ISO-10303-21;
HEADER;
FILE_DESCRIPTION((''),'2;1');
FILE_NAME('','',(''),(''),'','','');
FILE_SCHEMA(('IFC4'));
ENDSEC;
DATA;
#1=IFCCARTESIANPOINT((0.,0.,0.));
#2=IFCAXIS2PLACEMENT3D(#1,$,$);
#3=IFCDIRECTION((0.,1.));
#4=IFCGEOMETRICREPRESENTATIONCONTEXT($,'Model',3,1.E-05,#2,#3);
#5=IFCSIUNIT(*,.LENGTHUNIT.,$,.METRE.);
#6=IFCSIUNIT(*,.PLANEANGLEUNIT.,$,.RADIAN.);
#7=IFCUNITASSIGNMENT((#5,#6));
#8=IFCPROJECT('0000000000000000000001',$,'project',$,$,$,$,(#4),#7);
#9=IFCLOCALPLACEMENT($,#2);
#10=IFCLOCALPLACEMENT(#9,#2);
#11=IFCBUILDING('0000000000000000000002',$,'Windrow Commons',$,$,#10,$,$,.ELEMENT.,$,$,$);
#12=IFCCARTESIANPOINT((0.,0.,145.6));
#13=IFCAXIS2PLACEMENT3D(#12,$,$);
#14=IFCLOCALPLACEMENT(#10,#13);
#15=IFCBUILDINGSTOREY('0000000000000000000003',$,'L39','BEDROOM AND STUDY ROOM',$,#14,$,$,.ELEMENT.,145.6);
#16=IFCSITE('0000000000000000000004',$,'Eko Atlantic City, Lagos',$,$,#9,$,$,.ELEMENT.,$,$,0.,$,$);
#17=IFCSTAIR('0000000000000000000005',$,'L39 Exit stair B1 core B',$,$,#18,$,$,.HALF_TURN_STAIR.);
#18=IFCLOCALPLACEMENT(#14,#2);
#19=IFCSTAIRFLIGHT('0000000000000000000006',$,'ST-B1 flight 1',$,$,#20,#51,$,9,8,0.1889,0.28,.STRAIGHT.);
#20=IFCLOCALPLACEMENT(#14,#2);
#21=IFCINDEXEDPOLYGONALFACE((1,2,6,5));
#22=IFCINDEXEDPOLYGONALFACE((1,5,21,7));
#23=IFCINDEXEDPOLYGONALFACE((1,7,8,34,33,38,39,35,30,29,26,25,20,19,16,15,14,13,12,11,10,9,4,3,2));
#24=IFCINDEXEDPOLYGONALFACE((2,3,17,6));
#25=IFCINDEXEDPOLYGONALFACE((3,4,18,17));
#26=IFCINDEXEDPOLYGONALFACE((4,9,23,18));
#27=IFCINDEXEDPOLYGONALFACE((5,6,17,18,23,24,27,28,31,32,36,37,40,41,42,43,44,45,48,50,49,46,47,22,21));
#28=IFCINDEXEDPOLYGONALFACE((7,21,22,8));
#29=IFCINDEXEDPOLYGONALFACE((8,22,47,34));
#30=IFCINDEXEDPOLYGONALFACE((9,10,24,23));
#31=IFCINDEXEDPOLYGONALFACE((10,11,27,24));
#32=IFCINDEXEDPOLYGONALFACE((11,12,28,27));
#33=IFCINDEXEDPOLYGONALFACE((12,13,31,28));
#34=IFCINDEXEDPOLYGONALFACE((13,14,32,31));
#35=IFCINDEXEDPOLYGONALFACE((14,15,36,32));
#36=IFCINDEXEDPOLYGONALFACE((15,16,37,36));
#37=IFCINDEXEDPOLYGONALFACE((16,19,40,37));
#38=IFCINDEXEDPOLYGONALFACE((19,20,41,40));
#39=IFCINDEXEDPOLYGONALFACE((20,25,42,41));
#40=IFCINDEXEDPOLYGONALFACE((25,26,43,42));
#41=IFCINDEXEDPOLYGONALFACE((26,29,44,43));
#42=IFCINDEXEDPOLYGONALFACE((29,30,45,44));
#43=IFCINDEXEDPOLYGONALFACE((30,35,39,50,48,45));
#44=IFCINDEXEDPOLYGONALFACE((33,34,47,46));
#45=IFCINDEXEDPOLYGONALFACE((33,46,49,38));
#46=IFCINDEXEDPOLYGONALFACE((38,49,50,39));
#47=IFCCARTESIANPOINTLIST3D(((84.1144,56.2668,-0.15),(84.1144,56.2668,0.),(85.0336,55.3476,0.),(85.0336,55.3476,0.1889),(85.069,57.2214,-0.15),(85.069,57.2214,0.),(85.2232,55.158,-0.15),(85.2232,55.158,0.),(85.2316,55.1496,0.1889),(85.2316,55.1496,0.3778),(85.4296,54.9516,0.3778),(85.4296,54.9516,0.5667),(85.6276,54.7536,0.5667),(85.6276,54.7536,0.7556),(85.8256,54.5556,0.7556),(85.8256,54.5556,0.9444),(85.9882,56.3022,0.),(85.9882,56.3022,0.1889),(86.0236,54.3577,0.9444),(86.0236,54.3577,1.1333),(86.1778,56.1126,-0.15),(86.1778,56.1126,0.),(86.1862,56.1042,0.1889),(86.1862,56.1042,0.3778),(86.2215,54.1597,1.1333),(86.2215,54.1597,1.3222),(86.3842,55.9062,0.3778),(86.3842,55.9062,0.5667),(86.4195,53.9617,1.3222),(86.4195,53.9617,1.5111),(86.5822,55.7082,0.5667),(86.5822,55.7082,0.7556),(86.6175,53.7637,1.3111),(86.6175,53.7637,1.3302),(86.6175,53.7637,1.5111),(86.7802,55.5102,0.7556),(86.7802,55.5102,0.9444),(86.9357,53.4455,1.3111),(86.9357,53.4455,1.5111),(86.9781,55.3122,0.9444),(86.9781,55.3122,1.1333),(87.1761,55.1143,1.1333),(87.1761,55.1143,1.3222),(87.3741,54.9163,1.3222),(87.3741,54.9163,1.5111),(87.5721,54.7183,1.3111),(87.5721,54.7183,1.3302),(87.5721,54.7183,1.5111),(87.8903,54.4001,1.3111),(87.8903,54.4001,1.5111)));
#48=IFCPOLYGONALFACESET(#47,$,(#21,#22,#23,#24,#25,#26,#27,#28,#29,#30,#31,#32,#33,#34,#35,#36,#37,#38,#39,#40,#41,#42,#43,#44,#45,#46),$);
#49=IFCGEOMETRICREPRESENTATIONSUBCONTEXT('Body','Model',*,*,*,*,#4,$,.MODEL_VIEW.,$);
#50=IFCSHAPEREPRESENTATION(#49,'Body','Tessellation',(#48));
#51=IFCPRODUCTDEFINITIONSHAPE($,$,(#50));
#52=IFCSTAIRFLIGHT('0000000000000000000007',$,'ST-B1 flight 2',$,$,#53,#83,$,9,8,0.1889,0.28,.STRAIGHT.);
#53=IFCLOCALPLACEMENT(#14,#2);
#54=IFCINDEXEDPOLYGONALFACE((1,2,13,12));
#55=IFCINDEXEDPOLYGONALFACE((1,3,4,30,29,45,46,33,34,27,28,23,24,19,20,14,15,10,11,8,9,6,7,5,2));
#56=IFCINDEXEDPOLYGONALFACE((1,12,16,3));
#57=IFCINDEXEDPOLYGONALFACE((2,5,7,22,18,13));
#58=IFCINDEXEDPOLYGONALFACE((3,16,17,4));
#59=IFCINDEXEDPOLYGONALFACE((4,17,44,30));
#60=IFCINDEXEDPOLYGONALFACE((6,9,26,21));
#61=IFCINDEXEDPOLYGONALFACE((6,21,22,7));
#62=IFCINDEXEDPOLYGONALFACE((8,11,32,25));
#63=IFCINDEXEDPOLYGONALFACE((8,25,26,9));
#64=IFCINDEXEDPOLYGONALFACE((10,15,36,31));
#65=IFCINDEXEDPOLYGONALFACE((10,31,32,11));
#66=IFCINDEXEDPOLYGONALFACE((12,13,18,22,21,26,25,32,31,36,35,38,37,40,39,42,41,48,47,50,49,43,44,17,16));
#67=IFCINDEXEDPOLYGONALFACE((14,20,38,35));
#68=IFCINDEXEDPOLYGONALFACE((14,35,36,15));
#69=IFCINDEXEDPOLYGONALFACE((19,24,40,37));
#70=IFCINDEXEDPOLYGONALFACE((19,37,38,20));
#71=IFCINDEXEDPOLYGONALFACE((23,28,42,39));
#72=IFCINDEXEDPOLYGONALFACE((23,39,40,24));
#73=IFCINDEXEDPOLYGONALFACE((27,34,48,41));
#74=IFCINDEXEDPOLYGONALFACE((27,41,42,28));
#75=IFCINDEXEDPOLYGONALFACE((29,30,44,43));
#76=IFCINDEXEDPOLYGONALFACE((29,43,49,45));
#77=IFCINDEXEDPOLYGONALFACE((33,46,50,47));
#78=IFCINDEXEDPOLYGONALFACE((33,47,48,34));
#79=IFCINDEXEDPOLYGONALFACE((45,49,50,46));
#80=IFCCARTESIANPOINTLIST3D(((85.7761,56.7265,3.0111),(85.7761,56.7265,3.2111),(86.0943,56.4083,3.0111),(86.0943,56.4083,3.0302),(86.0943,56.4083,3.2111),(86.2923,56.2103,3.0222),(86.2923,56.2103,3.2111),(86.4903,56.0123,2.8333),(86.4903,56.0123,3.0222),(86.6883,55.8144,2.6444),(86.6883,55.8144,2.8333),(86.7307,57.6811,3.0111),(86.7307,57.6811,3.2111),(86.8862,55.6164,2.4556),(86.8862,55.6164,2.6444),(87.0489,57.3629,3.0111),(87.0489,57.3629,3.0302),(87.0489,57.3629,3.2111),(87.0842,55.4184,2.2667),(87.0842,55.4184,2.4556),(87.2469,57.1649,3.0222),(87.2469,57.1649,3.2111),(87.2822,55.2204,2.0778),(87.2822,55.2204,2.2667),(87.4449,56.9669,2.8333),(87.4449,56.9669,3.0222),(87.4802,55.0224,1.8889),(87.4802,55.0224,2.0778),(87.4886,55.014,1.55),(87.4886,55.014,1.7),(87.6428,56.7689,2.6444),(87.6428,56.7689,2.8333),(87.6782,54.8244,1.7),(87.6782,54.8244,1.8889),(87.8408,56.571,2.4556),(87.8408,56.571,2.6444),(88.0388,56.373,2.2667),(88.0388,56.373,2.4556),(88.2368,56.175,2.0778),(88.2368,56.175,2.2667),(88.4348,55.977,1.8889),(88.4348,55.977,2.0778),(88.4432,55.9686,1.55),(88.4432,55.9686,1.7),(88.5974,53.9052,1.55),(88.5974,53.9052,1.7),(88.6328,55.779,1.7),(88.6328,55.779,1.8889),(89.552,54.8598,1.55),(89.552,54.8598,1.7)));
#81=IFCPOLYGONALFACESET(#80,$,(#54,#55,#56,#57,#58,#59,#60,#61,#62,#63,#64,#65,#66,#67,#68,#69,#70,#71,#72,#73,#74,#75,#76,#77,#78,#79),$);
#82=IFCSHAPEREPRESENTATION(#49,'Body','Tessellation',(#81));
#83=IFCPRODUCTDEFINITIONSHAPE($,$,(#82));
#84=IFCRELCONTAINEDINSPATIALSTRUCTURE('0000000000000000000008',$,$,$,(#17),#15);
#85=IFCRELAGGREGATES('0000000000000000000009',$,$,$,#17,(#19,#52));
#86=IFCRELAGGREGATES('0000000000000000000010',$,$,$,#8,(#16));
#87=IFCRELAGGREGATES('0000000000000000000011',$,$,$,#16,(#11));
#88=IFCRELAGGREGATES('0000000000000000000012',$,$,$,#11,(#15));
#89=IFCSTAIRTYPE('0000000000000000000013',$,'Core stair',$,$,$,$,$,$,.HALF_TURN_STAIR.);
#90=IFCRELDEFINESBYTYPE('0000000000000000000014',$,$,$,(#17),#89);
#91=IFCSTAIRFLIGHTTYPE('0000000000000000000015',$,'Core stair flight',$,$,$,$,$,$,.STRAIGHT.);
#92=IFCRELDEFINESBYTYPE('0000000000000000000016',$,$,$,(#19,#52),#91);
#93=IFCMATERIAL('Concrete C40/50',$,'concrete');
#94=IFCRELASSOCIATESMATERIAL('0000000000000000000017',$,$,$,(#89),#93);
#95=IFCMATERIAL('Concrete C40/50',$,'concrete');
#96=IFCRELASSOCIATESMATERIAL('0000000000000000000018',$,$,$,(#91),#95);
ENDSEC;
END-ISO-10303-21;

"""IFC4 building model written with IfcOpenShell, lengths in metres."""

from ifc_helpers import new_model, si_unit, direction, frame, origin, place, context, subcontext, project, spatial, polyline, outline, extrude, material, type_object, element, aggregate, save


model = new_model("IFC4")

# Units and contexts
model_context = context("Model", 3, precision=1e-05, world=origin(), true_north=direction((0.0, 1.0)))
body_context = subcontext(model_context, "Body", "Model", "MODEL_VIEW")
ifc_project = project(units=[si_unit("LENGTHUNIT", "METRE"), si_unit("PLANEANGLEUNIT", "RADIAN")], contexts=[model_context])

# Site, building, storey
site_placement = place(None, origin())
site = spatial("IfcSite", under=ifc_project, at=site_placement, Name="Eko Atlantic City, Lagos", CompositionType="ELEMENT", RefElevation=0.0)
building_placement = place(site_placement, origin())
building = spatial("IfcBuilding", under=site, at=building_placement, Name="Windrow Commons", CompositionType="ELEMENT")
storey_placement = place(building_placement, frame((0.0, 0.0, 145.6)))
storey = spatial("IfcBuildingStorey", under=building, at=storey_placement, Name="L39", Description="BEDROOM AND STUDY ROOM", CompositionType="ELEMENT", Elevation=145.6)

# Stair, stair flights
ifc_material_1 = material(Name="Concrete C40/50", Category="concrete")
stair_type = type_object("IfcStairType", Name="Core stair", PredefinedType="HALF_TURN_STAIR", material=ifc_material_1)
stair_placement = place(storey_placement, origin())
stair = element("IfcStair", 1, at=stair_placement, inside=storey, type_object=stair_type, Name="L39 Exit stair B1 core B", PredefinedType="HALF_TURN_STAIR")
ifc_material_2 = material(Name="Concrete C40/50", Category="concrete")
stair_flight_type = type_object("IfcStairFlightType", Name="Core stair flight", PredefinedType="STRAIGHT", material=ifc_material_2)
stair_flight_1_placement = place(storey_placement, frame((85.5109, 55.8249, 0.0), z_axis=(0.0, 0.0, 1.0), x_axis=(0.707107, -0.707107, 0.0)))
stair_flight_1 = element("IfcStairFlight", 2, at=stair_flight_1_placement, type_object=stair_flight_type, Name="ST-B1 flight 1", NumberOfRisers=9, NumberOfTreads=8, PredefinedType="STRAIGHT", RiserHeight=0.1889, TreadLength=0.28, context=body_context, shape_type="SweptSolid", body=[
    extrude(outline(polyline([(-1.3, -0.15), (-1.3, 0.0), (0.0, 0.0), (0.0, 0.1889), (0.28, 0.1889), (0.28, 0.3778), (0.56, 0.3778), (0.56, 0.5667), (0.84, 0.5667), (0.84, 0.7556), (1.12, 0.7556), (1.12, 0.9444), (1.4, 0.9444), (1.4, 1.1333), (1.68, 1.1333), (1.68, 1.3222), (1.96, 1.3222), (1.96, 1.5111), (2.24, 1.5111), (2.69, 1.5111), (2.69, 1.3111), (2.24, 1.3111), (2.24, 1.3302), (0.2682, 0.0), (0.2682, -0.15), (-1.3, -0.15)])), frame((0.0, 0.675, 0.0), z_axis=(0.0, -1.0, 0.0), x_axis=(1.0, 0.0, 0.0)), (0.0, 0.0, 1.0), 1.35),
])
stair_flight_2_placement = place(storey_placement, frame((88.1555, 55.3017, 1.7), z_axis=(0.0, 0.0, 1.0), x_axis=(-0.707107, 0.707107, 0.0)))
stair_flight_2 = element("IfcStairFlight", 3, at=stair_flight_2_placement, type_object=stair_flight_type, Name="ST-B1 flight 2", NumberOfRisers=9, NumberOfTreads=8, PredefinedType="STRAIGHT", RiserHeight=0.1889, TreadLength=0.28, context=body_context, shape_type="SweptSolid", body=[
    extrude(outline(polyline([(-1.3, -0.15), (-1.3, 0.0), (0.0, 0.0), (0.0, 0.1889), (0.28, 0.1889), (0.28, 0.3778), (0.56, 0.3778), (0.56, 0.5667), (0.84, 0.5667), (0.84, 0.7556), (1.12, 0.7556), (1.12, 0.9444), (1.4, 0.9444), (1.4, 1.1333), (1.68, 1.1333), (1.68, 1.3222), (1.96, 1.3222), (1.96, 1.5111), (2.24, 1.5111), (2.69, 1.5111), (2.69, 1.3111), (2.24, 1.3111), (2.24, 1.3302), (0.2682, 0.0), (0.2682, -0.15), (-1.3, -0.15)])), frame((0.0, 0.675, 0.0), z_axis=(0.0, -1.0, 0.0), x_axis=(1.0, 0.0, 0.0)), (0.0, 0.0, 1.0), 1.35),
])
aggregate(stair, [stair_flight_1, stair_flight_2])

save(model, "model.ifc")
